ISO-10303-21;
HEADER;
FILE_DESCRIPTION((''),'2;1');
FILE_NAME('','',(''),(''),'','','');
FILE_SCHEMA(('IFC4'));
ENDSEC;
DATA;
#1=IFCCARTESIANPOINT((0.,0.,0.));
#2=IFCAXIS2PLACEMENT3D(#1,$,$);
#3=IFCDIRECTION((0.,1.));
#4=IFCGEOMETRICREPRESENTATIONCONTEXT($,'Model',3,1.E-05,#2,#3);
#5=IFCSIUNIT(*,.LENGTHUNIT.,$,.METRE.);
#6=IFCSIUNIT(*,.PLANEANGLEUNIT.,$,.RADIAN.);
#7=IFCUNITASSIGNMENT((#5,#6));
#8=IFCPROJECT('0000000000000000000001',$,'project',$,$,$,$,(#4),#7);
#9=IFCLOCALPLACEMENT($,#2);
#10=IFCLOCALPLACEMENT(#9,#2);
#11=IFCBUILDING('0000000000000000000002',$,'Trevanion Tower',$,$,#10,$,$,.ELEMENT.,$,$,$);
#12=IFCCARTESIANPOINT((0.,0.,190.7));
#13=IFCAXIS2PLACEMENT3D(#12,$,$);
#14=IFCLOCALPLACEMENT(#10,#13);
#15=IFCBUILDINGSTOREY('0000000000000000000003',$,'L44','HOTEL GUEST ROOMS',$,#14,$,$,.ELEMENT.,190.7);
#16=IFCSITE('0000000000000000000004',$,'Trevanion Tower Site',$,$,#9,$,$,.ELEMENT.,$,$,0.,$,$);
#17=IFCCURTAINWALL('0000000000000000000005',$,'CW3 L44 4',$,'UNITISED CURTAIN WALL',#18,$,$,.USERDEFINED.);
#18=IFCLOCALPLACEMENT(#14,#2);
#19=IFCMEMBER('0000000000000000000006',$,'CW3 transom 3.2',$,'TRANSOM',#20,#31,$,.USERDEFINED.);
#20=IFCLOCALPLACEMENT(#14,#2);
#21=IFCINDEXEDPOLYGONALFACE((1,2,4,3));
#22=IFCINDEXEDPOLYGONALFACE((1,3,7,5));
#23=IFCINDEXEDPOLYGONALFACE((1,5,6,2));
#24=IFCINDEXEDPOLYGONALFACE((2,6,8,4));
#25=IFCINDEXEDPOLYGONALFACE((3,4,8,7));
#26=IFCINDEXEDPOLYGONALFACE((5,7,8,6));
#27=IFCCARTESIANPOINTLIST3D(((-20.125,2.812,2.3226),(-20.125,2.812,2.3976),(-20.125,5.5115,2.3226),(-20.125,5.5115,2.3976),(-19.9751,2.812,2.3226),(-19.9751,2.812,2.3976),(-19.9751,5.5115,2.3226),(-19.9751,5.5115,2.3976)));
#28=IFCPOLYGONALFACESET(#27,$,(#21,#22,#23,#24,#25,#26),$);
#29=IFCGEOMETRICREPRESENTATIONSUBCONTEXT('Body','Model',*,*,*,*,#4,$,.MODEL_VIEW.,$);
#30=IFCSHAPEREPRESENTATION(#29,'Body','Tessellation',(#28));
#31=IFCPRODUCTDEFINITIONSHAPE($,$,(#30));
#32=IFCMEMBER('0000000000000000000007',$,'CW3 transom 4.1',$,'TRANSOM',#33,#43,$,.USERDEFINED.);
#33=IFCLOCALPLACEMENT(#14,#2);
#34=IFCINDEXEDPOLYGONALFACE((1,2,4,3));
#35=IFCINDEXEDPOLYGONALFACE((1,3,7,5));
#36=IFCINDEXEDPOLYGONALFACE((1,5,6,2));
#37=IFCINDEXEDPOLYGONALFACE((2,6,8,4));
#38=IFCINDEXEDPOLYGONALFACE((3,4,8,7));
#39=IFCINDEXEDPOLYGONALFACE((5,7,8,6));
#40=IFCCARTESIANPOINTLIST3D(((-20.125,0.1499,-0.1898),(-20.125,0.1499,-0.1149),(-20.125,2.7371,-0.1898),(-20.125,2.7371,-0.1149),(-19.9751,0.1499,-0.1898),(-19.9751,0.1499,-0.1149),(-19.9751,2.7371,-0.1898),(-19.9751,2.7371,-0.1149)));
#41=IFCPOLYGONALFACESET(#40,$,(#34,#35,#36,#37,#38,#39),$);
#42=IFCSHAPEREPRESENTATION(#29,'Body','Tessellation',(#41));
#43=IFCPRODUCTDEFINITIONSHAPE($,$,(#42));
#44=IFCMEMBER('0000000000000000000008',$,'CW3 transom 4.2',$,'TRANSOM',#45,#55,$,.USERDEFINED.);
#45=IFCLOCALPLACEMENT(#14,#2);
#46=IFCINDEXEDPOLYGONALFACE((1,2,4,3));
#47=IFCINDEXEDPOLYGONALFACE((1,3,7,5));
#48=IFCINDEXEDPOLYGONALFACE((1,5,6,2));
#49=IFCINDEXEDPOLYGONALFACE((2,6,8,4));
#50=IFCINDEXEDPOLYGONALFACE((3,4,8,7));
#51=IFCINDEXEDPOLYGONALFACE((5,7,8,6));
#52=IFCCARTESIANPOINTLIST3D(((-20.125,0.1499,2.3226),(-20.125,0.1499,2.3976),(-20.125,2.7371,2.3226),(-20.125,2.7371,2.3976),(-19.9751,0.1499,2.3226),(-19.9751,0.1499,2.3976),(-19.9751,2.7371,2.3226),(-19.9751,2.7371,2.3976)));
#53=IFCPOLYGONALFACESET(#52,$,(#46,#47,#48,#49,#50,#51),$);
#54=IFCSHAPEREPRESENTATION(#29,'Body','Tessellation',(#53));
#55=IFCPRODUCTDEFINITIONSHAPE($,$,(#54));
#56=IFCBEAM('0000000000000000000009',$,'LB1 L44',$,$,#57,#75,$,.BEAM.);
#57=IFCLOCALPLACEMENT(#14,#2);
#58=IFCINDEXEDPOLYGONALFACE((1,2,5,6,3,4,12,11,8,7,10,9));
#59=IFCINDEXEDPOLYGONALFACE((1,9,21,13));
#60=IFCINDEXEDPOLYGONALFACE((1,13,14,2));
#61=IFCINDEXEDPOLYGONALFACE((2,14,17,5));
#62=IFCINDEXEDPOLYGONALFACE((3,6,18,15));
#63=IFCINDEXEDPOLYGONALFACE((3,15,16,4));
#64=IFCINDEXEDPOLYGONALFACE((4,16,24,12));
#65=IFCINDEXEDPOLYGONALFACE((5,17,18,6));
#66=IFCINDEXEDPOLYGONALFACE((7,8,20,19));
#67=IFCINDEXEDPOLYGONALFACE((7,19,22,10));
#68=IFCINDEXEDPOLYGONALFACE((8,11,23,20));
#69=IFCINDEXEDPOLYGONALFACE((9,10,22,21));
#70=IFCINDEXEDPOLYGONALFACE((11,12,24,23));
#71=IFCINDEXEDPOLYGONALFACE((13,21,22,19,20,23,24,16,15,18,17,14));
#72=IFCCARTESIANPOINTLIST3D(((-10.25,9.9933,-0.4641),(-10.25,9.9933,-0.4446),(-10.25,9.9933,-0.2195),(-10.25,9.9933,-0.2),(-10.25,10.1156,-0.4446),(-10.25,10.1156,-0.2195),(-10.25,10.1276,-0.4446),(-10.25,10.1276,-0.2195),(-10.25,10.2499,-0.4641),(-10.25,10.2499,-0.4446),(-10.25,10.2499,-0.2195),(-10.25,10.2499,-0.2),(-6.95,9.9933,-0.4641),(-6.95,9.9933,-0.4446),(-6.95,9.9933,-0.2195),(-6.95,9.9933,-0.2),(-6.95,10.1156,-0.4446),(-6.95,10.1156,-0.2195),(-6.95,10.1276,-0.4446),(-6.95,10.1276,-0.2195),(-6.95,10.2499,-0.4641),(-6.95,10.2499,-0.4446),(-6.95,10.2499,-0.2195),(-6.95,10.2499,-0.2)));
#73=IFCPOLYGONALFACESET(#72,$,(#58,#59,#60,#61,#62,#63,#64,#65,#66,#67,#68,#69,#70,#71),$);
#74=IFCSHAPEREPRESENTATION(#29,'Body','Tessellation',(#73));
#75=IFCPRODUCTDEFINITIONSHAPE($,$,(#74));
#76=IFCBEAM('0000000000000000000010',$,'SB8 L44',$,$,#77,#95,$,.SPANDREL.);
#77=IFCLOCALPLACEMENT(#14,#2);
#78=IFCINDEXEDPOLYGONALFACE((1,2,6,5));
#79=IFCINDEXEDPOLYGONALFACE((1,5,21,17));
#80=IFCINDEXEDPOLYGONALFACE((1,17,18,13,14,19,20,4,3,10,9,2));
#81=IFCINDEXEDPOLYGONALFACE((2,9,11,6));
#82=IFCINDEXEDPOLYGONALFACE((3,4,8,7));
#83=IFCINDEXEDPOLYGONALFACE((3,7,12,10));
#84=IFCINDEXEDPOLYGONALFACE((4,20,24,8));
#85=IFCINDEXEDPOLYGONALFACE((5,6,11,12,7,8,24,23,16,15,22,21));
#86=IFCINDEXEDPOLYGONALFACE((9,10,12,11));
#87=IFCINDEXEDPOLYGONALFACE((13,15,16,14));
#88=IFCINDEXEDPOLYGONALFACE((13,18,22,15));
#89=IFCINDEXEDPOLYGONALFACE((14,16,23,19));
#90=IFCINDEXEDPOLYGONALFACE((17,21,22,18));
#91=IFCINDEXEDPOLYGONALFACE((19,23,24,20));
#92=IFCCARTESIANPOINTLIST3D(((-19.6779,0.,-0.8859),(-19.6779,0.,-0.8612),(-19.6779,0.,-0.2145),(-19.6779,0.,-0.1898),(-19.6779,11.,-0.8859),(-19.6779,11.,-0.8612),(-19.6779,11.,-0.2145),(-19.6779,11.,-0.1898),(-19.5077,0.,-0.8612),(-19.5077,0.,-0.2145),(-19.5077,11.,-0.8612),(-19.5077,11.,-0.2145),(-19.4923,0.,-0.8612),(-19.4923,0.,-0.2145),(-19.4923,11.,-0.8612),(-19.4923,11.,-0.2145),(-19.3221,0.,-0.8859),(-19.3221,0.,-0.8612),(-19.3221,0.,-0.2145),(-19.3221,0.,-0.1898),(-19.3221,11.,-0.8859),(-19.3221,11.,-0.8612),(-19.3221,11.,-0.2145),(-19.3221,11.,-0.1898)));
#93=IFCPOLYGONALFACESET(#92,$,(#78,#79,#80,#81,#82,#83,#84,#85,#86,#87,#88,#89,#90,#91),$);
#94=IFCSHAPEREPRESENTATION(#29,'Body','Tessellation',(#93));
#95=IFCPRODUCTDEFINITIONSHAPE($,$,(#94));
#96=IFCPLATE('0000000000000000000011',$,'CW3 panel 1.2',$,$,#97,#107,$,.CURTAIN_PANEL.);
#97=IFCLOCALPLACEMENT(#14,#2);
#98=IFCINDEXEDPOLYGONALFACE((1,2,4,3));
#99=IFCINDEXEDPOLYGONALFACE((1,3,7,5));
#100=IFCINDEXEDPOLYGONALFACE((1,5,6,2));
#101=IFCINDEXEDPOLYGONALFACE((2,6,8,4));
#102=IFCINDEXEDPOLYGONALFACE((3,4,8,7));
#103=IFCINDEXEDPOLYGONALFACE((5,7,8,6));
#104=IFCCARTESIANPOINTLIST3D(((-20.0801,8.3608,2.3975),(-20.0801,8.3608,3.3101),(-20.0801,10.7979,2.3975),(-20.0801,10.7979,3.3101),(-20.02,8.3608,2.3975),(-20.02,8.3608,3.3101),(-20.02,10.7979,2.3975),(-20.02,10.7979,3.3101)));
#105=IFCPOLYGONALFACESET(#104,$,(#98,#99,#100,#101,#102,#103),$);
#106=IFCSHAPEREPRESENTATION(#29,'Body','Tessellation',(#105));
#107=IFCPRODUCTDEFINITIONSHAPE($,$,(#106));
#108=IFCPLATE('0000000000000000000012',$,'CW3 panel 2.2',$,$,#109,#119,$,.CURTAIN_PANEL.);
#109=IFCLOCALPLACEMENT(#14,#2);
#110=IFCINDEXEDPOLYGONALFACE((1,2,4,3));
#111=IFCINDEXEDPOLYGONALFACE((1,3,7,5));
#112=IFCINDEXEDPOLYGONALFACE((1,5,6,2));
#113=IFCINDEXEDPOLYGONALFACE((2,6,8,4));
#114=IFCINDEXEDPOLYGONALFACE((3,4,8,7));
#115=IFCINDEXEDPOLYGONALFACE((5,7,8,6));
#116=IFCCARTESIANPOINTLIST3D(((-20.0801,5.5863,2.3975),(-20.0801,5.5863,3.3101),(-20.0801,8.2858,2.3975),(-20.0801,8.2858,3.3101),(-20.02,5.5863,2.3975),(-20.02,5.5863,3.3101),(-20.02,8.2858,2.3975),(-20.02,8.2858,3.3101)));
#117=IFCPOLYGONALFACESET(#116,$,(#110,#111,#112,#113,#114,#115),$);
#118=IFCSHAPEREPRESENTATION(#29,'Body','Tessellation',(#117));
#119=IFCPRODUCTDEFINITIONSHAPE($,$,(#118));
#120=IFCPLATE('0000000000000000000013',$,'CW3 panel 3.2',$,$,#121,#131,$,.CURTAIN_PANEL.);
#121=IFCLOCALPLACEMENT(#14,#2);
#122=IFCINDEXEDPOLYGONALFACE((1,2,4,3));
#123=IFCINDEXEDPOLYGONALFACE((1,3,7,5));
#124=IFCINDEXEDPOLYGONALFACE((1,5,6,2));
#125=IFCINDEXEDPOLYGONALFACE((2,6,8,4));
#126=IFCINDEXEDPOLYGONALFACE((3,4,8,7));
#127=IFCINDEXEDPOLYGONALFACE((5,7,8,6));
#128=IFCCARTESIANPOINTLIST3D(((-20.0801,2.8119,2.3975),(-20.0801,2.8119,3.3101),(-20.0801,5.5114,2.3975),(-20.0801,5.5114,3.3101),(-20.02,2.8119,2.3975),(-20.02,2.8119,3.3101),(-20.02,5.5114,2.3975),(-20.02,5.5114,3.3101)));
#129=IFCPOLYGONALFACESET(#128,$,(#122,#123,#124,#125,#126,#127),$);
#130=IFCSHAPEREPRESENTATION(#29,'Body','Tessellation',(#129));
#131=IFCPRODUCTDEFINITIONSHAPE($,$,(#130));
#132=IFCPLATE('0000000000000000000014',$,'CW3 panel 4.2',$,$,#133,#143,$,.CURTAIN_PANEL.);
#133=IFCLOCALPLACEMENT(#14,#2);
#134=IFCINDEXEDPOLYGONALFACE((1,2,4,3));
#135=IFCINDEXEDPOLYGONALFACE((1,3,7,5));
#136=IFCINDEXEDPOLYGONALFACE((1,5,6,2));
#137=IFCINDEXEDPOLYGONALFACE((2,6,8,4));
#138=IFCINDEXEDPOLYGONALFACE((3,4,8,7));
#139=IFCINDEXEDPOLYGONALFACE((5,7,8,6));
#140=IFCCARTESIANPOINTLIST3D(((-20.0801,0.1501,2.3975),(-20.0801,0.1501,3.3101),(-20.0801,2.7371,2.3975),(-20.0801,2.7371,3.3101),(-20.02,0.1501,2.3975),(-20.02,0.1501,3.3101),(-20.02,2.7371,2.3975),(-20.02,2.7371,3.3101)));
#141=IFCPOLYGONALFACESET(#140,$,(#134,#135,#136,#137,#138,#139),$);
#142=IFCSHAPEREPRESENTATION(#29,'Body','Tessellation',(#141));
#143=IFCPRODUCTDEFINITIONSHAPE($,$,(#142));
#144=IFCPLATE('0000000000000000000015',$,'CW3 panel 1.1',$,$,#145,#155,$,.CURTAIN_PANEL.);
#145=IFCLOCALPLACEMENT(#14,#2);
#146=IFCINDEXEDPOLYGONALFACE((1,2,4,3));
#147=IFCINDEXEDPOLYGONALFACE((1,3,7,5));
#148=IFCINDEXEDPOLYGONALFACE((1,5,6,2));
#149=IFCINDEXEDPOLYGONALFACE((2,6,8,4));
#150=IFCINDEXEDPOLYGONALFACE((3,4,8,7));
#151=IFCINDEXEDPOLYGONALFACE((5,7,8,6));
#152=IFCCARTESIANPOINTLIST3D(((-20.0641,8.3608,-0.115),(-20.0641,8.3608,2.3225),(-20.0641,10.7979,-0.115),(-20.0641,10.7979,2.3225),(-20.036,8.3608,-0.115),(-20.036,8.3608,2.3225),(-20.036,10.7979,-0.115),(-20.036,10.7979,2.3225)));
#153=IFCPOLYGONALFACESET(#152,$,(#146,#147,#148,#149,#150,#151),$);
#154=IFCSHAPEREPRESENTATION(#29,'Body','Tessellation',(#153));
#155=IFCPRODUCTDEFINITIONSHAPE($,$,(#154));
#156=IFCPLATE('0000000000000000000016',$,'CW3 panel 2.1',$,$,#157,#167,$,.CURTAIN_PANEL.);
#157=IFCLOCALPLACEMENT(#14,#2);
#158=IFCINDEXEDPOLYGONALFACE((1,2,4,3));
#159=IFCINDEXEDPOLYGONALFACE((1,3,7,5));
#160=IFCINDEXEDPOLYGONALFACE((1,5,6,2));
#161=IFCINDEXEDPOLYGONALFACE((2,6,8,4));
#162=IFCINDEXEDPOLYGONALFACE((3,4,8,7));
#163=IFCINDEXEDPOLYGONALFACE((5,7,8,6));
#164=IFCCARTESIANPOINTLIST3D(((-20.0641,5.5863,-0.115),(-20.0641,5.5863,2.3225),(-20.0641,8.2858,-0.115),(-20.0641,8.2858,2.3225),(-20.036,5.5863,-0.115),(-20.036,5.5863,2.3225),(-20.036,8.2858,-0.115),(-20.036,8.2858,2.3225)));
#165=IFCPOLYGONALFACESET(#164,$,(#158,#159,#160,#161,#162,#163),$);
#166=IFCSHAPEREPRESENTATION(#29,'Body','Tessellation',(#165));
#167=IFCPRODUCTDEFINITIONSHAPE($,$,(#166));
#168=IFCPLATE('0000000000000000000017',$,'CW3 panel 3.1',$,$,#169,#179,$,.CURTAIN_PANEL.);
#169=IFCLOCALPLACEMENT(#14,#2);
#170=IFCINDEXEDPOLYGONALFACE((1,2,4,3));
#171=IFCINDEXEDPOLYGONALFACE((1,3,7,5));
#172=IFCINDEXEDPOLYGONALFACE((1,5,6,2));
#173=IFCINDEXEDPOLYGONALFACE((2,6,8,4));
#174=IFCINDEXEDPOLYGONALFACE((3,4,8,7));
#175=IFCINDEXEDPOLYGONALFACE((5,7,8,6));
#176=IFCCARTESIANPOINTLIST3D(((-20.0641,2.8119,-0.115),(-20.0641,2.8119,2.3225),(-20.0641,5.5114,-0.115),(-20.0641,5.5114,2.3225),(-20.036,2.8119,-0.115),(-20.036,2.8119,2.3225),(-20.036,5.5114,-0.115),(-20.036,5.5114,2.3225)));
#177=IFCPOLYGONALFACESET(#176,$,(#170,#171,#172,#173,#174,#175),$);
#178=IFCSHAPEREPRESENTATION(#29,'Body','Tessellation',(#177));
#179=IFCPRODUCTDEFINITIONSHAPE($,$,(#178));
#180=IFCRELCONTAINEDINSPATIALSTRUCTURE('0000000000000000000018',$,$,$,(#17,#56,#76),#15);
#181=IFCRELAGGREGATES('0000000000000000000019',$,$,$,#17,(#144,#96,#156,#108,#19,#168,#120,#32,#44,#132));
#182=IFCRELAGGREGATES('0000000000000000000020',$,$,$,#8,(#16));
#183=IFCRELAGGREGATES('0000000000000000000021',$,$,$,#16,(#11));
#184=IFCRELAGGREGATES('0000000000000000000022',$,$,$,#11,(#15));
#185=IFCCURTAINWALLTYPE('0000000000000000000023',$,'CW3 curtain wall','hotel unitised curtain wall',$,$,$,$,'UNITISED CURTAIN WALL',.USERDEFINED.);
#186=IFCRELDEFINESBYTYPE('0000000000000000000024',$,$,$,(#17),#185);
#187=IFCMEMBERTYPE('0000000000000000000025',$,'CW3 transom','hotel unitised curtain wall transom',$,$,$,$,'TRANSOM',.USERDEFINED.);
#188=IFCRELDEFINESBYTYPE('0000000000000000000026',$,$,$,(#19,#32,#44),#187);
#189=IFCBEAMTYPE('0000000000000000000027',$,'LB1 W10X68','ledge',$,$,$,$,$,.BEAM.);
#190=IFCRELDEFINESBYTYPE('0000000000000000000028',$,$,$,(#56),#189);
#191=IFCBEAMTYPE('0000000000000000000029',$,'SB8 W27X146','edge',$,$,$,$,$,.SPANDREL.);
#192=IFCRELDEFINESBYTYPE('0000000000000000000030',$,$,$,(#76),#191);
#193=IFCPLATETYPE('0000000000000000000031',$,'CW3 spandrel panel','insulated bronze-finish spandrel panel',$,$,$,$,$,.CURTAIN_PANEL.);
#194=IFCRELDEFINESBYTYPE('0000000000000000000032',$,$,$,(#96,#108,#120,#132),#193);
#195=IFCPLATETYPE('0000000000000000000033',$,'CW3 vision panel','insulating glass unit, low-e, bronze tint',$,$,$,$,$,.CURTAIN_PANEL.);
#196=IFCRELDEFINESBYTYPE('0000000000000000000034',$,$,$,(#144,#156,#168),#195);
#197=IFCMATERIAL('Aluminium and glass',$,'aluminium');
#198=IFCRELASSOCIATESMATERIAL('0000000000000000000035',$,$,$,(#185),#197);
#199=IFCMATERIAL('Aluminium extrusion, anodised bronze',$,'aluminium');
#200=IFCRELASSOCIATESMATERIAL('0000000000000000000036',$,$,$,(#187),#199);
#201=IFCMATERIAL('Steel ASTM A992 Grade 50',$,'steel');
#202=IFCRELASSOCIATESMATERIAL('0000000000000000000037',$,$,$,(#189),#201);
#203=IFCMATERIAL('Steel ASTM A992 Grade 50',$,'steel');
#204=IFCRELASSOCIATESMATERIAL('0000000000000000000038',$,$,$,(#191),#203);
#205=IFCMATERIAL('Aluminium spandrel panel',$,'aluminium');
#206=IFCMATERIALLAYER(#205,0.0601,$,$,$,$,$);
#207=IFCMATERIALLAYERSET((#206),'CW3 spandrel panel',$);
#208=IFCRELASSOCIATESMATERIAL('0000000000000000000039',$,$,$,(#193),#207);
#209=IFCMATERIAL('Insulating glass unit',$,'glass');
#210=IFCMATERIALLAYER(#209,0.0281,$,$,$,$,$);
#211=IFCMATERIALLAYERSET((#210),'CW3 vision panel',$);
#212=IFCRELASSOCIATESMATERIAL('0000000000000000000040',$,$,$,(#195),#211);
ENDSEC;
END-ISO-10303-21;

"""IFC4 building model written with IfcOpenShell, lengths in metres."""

from ifc_helpers import new_model, si_unit, direction, frame, origin, origin_2d, place, context, subcontext, project, spatial, rectangle, i_section, extrude, material, layer, layer_set, material_profile, profile_set, type_object, element, aggregate, save


model = new_model("IFC4")

# Units and contexts
model_context = context("Model", 3, precision=1e-05, world=origin(), true_north=direction((0.0, 1.0)))
body_context = subcontext(model_context, "Body", "Model", "MODEL_VIEW")
ifc_project = project(units=[si_unit("LENGTHUNIT", "METRE"), si_unit("PLANEANGLEUNIT", "RADIAN")], contexts=[model_context])

# Site, building, storey
site_placement = place(None, origin())
site = spatial("IfcSite", under=ifc_project, at=site_placement, Name="Trevanion Tower Site", CompositionType="ELEMENT", RefElevation=0.0)
building_placement = place(site_placement, origin())
building = spatial("IfcBuilding", under=site, at=building_placement, Name="Trevanion Tower", CompositionType="ELEMENT")
storey_placement = place(building_placement, frame((0.0, 0.0, 190.7)))
storey = spatial("IfcBuildingStorey", under=building, at=storey_placement, Name="L44", Description="HOTEL GUEST ROOMS", CompositionType="ELEMENT", Elevation=190.7)

# Curtain wall, members
ifc_material_1 = material(Name="Aluminium and glass", Category="aluminium")
curtain_wall_type = type_object("IfcCurtainWallType", Name="CW3 curtain wall", Description="hotel unitised curtain wall", ElementType="UNITISED CURTAIN WALL", PredefinedType="USERDEFINED", material=ifc_material_1)
curtain_wall_placement = place(storey_placement, origin())
curtain_wall = element("IfcCurtainWall", 1, at=curtain_wall_placement, inside=storey, type_object=curtain_wall_type, Name="CW3 L44 4", ObjectType="UNITISED CURTAIN WALL", PredefinedType="USERDEFINED")
ifc_material_2 = material(Name="Aluminium extrusion, anodised bronze", Category="aluminium")
ifc_material_profile_1 = material_profile(ifc_material_2, rectangle(XDim=0.1499, YDim=0.075, at=origin_2d()), Name="CW3 transom")
ifc_profile_set_1 = profile_set([ifc_material_profile_1], Name="Aluminium extrusion, anodised bronze")
member_type_1 = type_object("IfcMemberType", Name="CW3 transom", Description="hotel unitised curtain wall transom", ElementType="TRANSOM", PredefinedType="USERDEFINED", material=ifc_profile_set_1)
member_1_placement = place(storey_placement, frame((-20.05, 5.5115, 2.3601), z_axis=(0.0, -1.0, 0.0), x_axis=(1.0, 0.0, 0.0)))
member_1 = element("IfcMember", 2, at=member_1_placement, type_object=member_type_1, Name="CW3 transom 3.2", ObjectType="TRANSOM", PredefinedType="USERDEFINED", context=body_context, shape_type="SweptSolid", body=[
    extrude(rectangle(XDim=0.1499, YDim=0.075, at=origin_2d()), origin(), (0.0, 0.0, 1.0), 2.6995),
])
member_2_placement = place(storey_placement, frame((-20.05, 2.7371, -0.1523), z_axis=(0.0, -1.0, 0.0), x_axis=(1.0, 0.0, 0.0)))
member_2 = element("IfcMember", 3, at=member_2_placement, type_object=member_type_1, Name="CW3 transom 4.1", ObjectType="TRANSOM", PredefinedType="USERDEFINED", context=body_context, shape_type="SweptSolid", body=[
    extrude(rectangle(XDim=0.1499, YDim=0.075, at=origin_2d()), origin(), (0.0, 0.0, 1.0), 2.5872),
])
member_3_placement = place(storey_placement, frame((-20.05, 2.7371, 2.3601), z_axis=(0.0, -1.0, 0.0), x_axis=(1.0, 0.0, 0.0)))
member_3 = element("IfcMember", 4, at=member_3_placement, type_object=member_type_1, Name="CW3 transom 4.2", ObjectType="TRANSOM", PredefinedType="USERDEFINED", context=body_context, shape_type="SweptSolid", body=[
    extrude(rectangle(XDim=0.1499, YDim=0.075, at=origin_2d()), origin(), (0.0, 0.0, 1.0), 2.5872),
])

# Beams
ifc_material_3 = material(Name="Steel ASTM A992 Grade 50", Category="steel")
ifc_material_profile_2 = material_profile(ifc_material_3, i_section(OverallWidth=0.2566, OverallDepth=0.2642, WebThickness=0.012, FlangeThickness=0.0195, at=origin_2d()), Name="W10X68")
ifc_profile_set_2 = profile_set([ifc_material_profile_2], Name="Steel ASTM A992 Grade 50")
beam_type_1 = type_object("IfcBeamType", Name="LB1 W10X68", Description="ledge", PredefinedType="BEAM", material=ifc_profile_set_2)
beam_1_placement = place(storey_placement, frame((-10.25, 10.1216, -0.332), z_axis=(1.0, 0.0, 0.0), x_axis=(0.0, 1.0, 0.0)))
element("IfcBeam", 5, at=beam_1_placement, inside=storey, type_object=beam_type_1, Name="LB1 L44", PredefinedType="BEAM", context=body_context, shape_type="SweptSolid", body=[
    extrude(i_section(OverallWidth=0.2566, OverallDepth=0.2642, WebThickness=0.012, FlangeThickness=0.0195, at=origin_2d()), origin(), (0.0, 0.0, 1.0), 3.3),
])
ifc_material_4 = material(Name="Steel ASTM A992 Grade 50", Category="steel")
ifc_material_profile_3 = material_profile(ifc_material_4, i_section(OverallWidth=0.3557, OverallDepth=0.696, WebThickness=0.0154, FlangeThickness=0.0247, at=origin_2d()), Name="W27X146")
ifc_profile_set_3 = profile_set([ifc_material_profile_3], Name="Steel ASTM A992 Grade 50")
beam_type_2 = type_object("IfcBeamType", Name="SB8 W27X146", Description="edge", PredefinedType="SPANDREL", material=ifc_profile_set_3)
beam_2_placement = place(storey_placement, frame((-19.5, 11.0, -0.5378), z_axis=(0.0, -1.0, 0.0), x_axis=(1.0, 0.0, 0.0)))
element("IfcBeam", 6, at=beam_2_placement, inside=storey, type_object=beam_type_2, Name="SB8 L44", PredefinedType="SPANDREL", context=body_context, shape_type="SweptSolid", body=[
    extrude(i_section(OverallWidth=0.3557, OverallDepth=0.696, WebThickness=0.0154, FlangeThickness=0.0247, at=origin_2d()), origin(), (0.0, 0.0, 1.0), 11.0),
])

# Plates
ifc_material_5 = material(Name="Aluminium spandrel panel", Category="aluminium")
ifc_layer_1 = layer(ifc_material_5, 0.0601)
ifc_layer_set_1 = layer_set([ifc_layer_1], Name="CW3 spandrel panel")
plate_type_1 = type_object("IfcPlateType", Name="CW3 spandrel panel", Description="insulated bronze-finish spandrel panel", PredefinedType="CURTAIN_PANEL", material=ifc_layer_set_1)
plate_1_placement = place(storey_placement, frame((-20.05, 9.5793, 2.3975), z_axis=(0.0, 0.0, 1.0), x_axis=(0.0, -1.0, 0.0)))
plate_1 = element("IfcPlate", 7, at=plate_1_placement, type_object=plate_type_1, Name="CW3 panel 1.2", PredefinedType="CURTAIN_PANEL", context=body_context, shape_type="SweptSolid", body=[
    extrude(rectangle(XDim=2.437, YDim=0.0601, at=origin_2d()), origin(), (0.0, 0.0, 1.0), 0.9126),
])
plate_2_placement = place(storey_placement, frame((-20.05, 6.936, 2.3975), z_axis=(0.0, 0.0, 1.0), x_axis=(0.0, -1.0, 0.0)))
plate_2 = element("IfcPlate", 8, at=plate_2_placement, type_object=plate_type_1, Name="CW3 panel 2.2", PredefinedType="CURTAIN_PANEL", context=body_context, shape_type="SweptSolid", body=[
    extrude(rectangle(XDim=2.6995, YDim=0.0601, at=origin_2d()), origin(), (0.0, 0.0, 1.0), 0.9126),
])
plate_3_placement = place(storey_placement, frame((-20.05, 4.1616, 2.3975), z_axis=(0.0, 0.0, 1.0), x_axis=(0.0, -1.0, 0.0)))
plate_3 = element("IfcPlate", 9, at=plate_3_placement, type_object=plate_type_1, Name="CW3 panel 3.2", PredefinedType="CURTAIN_PANEL", context=body_context, shape_type="SweptSolid", body=[
    extrude(rectangle(XDim=2.6995, YDim=0.0601, at=origin_2d()), origin(), (0.0, 0.0, 1.0), 0.9126),
])
plate_4_placement = place(storey_placement, frame((-20.05, 1.4436, 2.3975), z_axis=(0.0, 0.0, 1.0), x_axis=(0.0, -1.0, 0.0)))
plate_4 = element("IfcPlate", 10, at=plate_4_placement, type_object=plate_type_1, Name="CW3 panel 4.2", PredefinedType="CURTAIN_PANEL", context=body_context, shape_type="SweptSolid", body=[
    extrude(rectangle(XDim=2.5869, YDim=0.0601, at=origin_2d()), origin(), (0.0, 0.0, 1.0), 0.9126),
])
ifc_material_6 = material(Name="Insulating glass unit", Category="glass")
ifc_layer_2 = layer(ifc_material_6, 0.0281)
ifc_layer_set_2 = layer_set([ifc_layer_2], Name="CW3 vision panel")
plate_type_2 = type_object("IfcPlateType", Name="CW3 vision panel", Description="insulating glass unit, low-e, bronze tint", PredefinedType="CURTAIN_PANEL", material=ifc_layer_set_2)
plate_5_placement = place(storey_placement, frame((-20.05, 9.5793, -0.115), z_axis=(0.0, 0.0, 1.0), x_axis=(0.0, -1.0, 0.0)))
plate_5 = element("IfcPlate", 11, at=plate_5_placement, type_object=plate_type_2, Name="CW3 panel 1.1", PredefinedType="CURTAIN_PANEL", context=body_context, shape_type="SweptSolid", body=[
    extrude(rectangle(XDim=2.437, YDim=0.0281, at=origin_2d()), origin(), (0.0, 0.0, 1.0), 2.4375),
])
plate_6_placement = place(storey_placement, frame((-20.05, 6.936, -0.115), z_axis=(0.0, 0.0, 1.0), x_axis=(0.0, -1.0, 0.0)))
plate_6 = element("IfcPlate", 12, at=plate_6_placement, type_object=plate_type_2, Name="CW3 panel 2.1", PredefinedType="CURTAIN_PANEL", context=body_context, shape_type="SweptSolid", body=[
    extrude(rectangle(XDim=2.6995, YDim=0.0281, at=origin_2d()), origin(), (0.0, 0.0, 1.0), 2.4375),
])
plate_7_placement = place(storey_placement, frame((-20.05, 4.1616, -0.115), z_axis=(0.0, 0.0, 1.0), x_axis=(0.0, -1.0, 0.0)))
plate_7 = element("IfcPlate", 13, at=plate_7_placement, type_object=plate_type_2, Name="CW3 panel 3.1", PredefinedType="CURTAIN_PANEL", context=body_context, shape_type="SweptSolid", body=[
    extrude(rectangle(XDim=2.6995, YDim=0.0281, at=origin_2d()), origin(), (0.0, 0.0, 1.0), 2.4375),
])
aggregate(curtain_wall, [plate_5, plate_1, plate_6, plate_2, member_1, plate_7, plate_3, member_2, member_3, plate_4])

save(model, "model.ifc")
